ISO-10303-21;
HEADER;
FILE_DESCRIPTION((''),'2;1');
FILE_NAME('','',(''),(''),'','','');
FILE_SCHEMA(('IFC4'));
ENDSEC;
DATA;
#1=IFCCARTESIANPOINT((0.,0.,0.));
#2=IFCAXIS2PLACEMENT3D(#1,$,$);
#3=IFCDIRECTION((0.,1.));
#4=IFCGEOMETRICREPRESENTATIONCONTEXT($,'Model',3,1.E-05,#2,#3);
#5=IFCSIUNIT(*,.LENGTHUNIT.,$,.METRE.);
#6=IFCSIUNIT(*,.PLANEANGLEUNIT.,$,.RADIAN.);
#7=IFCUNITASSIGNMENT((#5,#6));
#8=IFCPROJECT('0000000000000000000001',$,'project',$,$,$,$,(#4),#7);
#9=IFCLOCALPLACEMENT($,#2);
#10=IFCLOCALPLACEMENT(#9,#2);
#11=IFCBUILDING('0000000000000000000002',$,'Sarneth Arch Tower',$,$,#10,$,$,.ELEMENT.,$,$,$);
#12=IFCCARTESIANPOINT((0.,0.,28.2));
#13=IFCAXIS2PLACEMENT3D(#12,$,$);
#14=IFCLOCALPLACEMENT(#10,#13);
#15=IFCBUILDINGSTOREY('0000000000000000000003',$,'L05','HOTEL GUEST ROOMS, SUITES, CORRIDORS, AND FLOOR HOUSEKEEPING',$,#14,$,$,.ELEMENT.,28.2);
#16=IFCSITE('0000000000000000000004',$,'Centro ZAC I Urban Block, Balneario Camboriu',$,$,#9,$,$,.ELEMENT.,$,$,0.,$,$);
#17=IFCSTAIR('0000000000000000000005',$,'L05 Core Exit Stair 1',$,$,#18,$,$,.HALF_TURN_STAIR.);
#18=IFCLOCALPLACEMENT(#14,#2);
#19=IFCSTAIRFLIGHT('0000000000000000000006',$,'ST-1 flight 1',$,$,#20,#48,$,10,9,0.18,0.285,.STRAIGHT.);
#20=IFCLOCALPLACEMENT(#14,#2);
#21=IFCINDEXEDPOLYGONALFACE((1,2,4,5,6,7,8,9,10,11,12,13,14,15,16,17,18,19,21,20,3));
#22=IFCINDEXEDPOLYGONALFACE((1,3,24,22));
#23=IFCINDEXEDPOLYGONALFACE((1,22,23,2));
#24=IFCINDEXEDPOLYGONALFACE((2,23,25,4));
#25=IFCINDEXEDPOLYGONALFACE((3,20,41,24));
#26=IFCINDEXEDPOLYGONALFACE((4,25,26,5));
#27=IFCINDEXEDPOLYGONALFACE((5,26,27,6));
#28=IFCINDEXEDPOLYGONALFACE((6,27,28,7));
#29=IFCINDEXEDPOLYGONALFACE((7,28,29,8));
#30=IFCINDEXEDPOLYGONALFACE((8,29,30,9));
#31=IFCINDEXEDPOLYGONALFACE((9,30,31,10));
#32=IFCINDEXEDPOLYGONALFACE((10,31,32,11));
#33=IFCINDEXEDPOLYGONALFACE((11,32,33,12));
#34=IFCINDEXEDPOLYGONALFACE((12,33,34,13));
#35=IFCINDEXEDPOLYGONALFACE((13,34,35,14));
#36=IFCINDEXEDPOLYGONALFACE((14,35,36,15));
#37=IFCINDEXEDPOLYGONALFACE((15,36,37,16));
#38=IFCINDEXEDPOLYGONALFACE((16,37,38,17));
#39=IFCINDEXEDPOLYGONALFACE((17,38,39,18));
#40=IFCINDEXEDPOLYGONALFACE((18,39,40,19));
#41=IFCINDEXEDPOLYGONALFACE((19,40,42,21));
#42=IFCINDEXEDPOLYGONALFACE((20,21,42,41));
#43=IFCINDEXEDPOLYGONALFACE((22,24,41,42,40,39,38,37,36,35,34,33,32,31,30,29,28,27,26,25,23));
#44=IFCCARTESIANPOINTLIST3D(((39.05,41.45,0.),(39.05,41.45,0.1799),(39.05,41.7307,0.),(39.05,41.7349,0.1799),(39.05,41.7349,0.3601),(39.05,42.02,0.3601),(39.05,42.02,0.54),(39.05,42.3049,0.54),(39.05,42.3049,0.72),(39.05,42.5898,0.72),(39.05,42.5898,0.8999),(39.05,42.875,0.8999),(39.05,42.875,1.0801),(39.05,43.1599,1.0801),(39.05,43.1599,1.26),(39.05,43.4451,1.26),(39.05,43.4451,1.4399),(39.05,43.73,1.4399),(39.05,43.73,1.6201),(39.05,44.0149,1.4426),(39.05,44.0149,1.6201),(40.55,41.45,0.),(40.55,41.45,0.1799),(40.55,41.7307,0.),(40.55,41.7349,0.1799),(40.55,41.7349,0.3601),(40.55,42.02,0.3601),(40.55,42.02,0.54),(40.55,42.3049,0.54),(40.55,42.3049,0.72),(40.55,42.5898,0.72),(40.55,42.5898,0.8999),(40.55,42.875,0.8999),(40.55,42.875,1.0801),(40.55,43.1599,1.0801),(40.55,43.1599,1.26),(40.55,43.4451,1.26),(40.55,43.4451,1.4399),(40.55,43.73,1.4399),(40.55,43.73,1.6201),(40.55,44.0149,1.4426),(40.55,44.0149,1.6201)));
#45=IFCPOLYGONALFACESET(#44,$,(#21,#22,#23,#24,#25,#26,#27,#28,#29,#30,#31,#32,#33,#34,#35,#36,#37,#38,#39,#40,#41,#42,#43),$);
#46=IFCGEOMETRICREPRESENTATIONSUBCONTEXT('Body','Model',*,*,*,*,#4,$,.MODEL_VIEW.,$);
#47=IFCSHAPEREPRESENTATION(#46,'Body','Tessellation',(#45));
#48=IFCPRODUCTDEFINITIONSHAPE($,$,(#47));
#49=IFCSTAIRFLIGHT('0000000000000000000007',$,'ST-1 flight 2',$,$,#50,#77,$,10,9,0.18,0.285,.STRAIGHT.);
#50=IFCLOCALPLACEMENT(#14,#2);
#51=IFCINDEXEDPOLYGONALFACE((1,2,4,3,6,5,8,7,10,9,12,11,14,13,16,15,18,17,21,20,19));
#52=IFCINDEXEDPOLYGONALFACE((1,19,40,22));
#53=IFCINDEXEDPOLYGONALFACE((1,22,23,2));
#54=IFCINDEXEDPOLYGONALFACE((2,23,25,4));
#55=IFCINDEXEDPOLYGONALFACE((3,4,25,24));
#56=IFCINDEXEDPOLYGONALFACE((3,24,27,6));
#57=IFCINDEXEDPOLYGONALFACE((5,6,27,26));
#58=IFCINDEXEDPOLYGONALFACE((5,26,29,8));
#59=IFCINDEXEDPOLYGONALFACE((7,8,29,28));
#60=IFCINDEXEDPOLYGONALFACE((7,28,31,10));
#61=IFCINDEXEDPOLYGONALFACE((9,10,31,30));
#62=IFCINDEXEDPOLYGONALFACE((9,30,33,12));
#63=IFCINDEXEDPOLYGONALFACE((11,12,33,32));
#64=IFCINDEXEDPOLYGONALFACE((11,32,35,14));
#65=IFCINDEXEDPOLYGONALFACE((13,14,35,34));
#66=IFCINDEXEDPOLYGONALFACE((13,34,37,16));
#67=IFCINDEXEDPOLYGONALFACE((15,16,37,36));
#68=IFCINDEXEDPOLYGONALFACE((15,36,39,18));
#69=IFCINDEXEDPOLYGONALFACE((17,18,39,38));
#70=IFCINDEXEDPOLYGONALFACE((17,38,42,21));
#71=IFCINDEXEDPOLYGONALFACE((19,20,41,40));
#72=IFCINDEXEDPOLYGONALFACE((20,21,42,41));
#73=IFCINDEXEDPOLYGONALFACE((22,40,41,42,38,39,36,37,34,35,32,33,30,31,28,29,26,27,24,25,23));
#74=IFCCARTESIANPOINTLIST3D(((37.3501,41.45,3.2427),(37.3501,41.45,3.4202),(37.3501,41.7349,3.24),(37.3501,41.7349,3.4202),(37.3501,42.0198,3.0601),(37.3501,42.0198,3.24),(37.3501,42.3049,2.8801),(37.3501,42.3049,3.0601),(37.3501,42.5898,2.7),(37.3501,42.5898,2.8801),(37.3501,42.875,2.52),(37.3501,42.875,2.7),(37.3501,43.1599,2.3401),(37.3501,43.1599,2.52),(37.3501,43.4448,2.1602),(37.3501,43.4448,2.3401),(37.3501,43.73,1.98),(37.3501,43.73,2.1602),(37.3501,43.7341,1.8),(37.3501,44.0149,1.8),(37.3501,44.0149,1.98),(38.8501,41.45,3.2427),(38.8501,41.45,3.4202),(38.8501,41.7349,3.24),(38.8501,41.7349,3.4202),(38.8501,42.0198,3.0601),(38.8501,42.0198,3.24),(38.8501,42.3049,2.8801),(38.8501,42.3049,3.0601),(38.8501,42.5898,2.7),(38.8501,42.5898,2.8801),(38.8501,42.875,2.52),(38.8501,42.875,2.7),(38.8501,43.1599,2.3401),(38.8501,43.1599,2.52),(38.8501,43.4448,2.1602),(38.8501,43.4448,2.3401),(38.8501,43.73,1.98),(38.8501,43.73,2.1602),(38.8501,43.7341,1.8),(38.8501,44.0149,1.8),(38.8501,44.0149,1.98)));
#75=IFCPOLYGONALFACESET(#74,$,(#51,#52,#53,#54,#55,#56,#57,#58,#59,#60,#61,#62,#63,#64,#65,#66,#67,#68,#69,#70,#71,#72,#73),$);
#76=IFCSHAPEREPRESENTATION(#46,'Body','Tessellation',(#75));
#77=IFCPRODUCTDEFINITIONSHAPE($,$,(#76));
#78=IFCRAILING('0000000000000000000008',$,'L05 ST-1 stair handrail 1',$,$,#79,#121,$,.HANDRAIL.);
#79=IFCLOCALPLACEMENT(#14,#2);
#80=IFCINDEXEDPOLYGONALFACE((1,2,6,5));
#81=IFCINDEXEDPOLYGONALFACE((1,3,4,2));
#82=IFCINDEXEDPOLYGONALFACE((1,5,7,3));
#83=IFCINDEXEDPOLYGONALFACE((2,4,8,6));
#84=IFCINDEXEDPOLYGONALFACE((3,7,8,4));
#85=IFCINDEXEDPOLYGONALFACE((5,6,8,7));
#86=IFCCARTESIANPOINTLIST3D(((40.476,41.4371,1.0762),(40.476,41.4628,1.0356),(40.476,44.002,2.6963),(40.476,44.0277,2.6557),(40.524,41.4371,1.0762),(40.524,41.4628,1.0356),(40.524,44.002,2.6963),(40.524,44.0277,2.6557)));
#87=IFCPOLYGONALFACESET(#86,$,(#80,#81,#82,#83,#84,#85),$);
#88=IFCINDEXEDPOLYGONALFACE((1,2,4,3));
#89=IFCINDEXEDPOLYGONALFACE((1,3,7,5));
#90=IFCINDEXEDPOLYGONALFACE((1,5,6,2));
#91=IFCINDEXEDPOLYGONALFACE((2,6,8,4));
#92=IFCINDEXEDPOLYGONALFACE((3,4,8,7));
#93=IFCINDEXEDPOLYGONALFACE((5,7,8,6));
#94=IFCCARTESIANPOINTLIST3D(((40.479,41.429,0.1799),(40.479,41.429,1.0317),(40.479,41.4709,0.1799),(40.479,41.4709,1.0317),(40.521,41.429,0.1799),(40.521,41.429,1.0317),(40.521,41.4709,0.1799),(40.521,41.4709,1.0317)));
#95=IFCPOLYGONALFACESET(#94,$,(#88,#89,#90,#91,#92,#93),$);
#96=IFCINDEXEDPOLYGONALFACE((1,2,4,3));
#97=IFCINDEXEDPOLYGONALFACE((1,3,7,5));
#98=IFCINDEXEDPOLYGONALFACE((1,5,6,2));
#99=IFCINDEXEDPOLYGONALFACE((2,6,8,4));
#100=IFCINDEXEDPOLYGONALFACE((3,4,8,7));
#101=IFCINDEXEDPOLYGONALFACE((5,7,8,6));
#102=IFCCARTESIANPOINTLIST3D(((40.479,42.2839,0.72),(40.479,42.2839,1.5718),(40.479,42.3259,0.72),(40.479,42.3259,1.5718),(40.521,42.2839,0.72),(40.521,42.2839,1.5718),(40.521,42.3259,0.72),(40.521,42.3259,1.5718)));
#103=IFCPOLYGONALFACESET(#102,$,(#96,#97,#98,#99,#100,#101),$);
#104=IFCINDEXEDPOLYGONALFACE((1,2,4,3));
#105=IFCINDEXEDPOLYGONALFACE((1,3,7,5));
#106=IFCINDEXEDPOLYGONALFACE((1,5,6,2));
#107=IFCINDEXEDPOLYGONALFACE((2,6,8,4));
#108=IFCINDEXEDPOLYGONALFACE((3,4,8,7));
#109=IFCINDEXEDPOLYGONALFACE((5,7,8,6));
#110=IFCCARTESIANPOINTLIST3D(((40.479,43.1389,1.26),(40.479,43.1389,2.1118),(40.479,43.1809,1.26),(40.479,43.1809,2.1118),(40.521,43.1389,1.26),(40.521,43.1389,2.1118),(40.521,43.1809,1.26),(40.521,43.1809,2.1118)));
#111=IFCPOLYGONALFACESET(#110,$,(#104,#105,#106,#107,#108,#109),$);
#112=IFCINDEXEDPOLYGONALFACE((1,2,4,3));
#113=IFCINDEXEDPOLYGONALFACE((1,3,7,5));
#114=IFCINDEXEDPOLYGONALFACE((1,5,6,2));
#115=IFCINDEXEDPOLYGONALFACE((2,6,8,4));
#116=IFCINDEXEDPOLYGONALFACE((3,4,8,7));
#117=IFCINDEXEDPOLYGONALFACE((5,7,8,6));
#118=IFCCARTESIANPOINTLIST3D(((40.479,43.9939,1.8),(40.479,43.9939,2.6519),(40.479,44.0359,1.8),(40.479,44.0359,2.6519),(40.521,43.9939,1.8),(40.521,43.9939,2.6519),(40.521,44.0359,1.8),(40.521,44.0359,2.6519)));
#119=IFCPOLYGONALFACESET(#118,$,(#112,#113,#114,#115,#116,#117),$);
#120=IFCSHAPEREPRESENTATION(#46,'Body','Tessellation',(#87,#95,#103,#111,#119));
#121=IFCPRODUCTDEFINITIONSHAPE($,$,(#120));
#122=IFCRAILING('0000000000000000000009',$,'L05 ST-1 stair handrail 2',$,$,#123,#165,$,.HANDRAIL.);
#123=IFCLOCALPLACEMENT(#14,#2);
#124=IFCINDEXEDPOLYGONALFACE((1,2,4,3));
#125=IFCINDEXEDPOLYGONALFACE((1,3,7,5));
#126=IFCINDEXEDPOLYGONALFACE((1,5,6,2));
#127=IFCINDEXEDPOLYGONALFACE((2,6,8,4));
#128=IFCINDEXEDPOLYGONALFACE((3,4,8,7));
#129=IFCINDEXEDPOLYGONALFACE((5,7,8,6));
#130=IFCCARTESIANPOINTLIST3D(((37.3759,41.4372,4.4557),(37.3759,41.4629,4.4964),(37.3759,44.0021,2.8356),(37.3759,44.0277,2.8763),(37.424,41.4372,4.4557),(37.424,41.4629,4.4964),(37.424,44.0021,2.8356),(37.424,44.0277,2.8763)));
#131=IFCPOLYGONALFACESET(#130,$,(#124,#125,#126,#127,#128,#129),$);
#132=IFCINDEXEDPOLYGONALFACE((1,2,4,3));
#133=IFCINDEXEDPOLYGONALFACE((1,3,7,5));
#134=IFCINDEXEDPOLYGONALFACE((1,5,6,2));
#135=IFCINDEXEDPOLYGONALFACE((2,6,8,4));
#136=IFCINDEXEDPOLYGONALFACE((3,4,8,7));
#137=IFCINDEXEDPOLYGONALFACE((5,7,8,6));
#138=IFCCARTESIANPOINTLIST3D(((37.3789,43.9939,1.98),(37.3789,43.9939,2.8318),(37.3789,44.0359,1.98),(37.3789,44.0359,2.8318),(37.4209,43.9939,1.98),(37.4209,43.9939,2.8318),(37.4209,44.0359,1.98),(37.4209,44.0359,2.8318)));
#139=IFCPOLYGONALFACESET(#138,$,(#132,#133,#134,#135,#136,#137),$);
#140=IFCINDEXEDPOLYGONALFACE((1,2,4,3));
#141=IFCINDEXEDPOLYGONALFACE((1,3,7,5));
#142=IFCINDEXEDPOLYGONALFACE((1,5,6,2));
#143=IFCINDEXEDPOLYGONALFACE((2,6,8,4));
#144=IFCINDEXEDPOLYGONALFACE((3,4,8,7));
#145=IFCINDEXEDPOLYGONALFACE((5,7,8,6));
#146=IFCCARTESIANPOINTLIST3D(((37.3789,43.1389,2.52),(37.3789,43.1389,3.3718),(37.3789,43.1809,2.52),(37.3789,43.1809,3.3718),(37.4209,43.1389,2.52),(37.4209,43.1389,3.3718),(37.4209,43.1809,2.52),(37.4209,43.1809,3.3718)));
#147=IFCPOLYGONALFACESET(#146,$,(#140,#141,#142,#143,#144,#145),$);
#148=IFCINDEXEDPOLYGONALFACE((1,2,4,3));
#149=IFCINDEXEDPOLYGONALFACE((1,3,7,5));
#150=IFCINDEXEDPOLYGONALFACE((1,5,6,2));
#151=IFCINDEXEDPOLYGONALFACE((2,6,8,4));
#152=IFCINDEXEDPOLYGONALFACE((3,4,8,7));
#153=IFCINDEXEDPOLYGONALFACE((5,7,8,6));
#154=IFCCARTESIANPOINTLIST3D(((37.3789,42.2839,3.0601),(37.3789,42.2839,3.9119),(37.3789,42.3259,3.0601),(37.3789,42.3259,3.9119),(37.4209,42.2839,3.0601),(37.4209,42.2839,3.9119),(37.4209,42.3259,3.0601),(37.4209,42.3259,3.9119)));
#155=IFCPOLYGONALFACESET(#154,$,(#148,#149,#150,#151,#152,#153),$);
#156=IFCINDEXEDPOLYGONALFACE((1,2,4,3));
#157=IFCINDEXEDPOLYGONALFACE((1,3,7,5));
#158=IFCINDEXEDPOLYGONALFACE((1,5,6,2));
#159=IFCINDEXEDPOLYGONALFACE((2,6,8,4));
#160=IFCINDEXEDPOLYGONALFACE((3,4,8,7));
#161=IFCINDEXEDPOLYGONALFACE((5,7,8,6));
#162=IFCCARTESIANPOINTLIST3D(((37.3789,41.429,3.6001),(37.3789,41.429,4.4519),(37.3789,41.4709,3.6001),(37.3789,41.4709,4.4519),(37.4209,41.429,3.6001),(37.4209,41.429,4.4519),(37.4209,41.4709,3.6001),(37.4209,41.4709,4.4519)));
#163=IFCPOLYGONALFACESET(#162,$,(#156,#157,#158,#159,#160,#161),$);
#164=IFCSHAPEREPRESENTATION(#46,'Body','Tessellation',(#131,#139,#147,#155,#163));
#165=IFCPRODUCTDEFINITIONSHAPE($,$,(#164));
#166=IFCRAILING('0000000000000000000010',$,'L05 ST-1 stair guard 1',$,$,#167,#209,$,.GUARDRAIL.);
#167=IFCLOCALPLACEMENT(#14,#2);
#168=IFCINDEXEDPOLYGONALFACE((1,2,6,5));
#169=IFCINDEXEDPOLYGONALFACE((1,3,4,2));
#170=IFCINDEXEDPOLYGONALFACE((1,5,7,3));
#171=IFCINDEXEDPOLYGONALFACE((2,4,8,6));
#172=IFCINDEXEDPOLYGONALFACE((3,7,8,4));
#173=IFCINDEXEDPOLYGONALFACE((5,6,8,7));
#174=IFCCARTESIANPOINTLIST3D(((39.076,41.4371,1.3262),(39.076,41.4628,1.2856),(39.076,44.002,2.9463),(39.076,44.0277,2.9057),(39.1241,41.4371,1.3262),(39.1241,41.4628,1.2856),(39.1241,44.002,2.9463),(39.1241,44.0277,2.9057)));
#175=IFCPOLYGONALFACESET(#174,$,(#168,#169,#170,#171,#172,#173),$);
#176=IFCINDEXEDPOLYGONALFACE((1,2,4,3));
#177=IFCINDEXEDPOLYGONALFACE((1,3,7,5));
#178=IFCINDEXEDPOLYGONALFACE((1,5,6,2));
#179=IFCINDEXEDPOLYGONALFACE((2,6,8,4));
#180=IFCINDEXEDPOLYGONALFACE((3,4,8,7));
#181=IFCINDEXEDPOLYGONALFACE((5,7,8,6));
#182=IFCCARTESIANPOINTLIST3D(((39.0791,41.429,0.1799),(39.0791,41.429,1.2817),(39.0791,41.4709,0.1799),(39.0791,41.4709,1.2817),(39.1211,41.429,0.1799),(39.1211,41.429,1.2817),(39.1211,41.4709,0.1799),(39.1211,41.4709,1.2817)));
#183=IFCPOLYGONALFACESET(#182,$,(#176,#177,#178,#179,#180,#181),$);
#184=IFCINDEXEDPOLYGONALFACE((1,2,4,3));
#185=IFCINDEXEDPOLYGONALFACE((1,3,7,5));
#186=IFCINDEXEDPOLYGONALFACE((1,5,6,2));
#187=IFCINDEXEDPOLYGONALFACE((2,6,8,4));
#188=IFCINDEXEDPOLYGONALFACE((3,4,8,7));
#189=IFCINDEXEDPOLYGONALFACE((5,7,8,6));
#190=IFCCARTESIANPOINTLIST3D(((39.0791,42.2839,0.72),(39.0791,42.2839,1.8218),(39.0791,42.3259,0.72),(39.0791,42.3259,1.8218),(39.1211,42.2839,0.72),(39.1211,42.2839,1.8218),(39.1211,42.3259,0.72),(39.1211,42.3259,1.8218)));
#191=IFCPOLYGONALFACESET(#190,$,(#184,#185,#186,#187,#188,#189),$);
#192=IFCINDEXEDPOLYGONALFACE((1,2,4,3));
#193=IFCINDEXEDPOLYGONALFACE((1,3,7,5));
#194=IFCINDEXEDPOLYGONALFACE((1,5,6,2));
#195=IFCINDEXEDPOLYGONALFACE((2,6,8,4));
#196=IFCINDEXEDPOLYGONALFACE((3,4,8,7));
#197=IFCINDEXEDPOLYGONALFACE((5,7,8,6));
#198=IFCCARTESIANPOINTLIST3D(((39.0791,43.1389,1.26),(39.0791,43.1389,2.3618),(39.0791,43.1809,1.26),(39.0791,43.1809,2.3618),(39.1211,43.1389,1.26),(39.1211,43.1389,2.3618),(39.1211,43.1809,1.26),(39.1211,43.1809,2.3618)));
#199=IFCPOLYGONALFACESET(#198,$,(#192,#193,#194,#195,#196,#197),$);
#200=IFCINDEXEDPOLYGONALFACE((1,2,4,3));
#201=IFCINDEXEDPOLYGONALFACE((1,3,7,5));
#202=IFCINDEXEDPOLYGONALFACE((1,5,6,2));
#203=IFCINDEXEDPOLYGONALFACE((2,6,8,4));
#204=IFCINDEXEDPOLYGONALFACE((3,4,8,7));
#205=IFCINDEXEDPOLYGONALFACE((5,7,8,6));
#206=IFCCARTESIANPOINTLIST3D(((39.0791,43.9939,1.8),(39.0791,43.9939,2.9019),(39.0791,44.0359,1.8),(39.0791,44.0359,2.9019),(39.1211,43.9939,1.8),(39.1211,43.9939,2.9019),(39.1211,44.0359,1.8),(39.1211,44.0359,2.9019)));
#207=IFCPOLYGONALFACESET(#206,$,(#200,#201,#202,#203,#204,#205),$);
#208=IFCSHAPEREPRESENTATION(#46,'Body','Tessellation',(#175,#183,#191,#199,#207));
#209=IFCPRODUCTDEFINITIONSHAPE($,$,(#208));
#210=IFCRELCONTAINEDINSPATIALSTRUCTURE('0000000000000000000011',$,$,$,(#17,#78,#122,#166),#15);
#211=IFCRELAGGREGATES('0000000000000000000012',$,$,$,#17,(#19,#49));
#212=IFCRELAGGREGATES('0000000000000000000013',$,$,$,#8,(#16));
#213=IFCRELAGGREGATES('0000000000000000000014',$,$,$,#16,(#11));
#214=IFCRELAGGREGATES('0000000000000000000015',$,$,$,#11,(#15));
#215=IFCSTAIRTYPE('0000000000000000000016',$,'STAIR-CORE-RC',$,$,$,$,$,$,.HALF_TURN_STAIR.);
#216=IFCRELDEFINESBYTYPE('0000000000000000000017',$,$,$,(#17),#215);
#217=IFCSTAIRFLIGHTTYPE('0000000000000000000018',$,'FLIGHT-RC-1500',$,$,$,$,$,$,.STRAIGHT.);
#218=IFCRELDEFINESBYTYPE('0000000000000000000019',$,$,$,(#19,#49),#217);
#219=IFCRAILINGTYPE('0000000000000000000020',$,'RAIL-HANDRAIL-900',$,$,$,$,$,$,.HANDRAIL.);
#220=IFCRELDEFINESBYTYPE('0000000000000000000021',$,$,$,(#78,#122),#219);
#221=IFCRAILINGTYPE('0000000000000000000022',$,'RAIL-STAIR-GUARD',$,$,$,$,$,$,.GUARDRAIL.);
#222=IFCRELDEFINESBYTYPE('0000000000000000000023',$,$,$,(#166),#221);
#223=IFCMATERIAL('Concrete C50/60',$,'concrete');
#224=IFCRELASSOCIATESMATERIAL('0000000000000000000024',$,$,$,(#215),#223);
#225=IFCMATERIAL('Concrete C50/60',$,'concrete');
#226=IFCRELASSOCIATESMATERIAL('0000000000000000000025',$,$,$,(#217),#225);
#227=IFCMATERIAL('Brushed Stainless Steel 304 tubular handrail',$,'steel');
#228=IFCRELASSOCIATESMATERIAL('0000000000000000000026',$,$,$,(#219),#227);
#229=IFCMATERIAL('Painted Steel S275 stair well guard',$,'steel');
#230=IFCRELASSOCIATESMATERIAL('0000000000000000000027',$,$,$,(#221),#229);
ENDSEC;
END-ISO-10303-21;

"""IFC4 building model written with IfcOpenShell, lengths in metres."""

from ifc_helpers import new_model, si_unit, direction, frame, origin, origin_2d, place, context, subcontext, project, spatial, polyline, rectangle, outline, extrude, material, type_object, element, aggregate, save


model = new_model("IFC4")

# Units and contexts
model_context = context("Model", 3, precision=1e-05, world=origin(), true_north=direction((0.0, 1.0)))
body_context = subcontext(model_context, "Body", "Model", "MODEL_VIEW")
ifc_project = project(units=[si_unit("LENGTHUNIT", "METRE"), si_unit("PLANEANGLEUNIT", "RADIAN")], contexts=[model_context])

# Site, building, storey
site_placement = place(None, origin())
site = spatial("IfcSite", under=ifc_project, at=site_placement, Name="Centro ZAC I Urban Block, Balneario Camboriu", CompositionType="ELEMENT", RefElevation=0.0)
building_placement = place(site_placement, origin())
building = spatial("IfcBuilding", under=site, at=building_placement, Name="Sarneth Arch Tower", CompositionType="ELEMENT")
storey_placement = place(building_placement, frame((0.0, 0.0, 28.2)))
storey = spatial("IfcBuildingStorey", under=building, at=storey_placement, Name="L05", Description="HOTEL GUEST ROOMS, SUITES, CORRIDORS, AND FLOOR HOUSEKEEPING", CompositionType="ELEMENT", Elevation=28.2)

# Stair, stair flights
ifc_material_1 = material(Name="Concrete C50/60", Category="concrete")
stair_type = type_object("IfcStairType", Name="STAIR-CORE-RC", PredefinedType="HALF_TURN_STAIR", material=ifc_material_1)
stair_placement = place(storey_placement, origin())
stair = element("IfcStair", 1, at=stair_placement, inside=storey, type_object=stair_type, Name="L05 Core Exit Stair 1", PredefinedType="HALF_TURN_STAIR")
ifc_material_2 = material(Name="Concrete C50/60", Category="concrete")
stair_flight_type = type_object("IfcStairFlightType", Name="FLIGHT-RC-1500", PredefinedType="STRAIGHT", material=ifc_material_2)
stair_flight_1_placement = place(storey_placement, frame((39.8, 41.45, 0.0), z_axis=(0.0, 0.0, 1.0), x_axis=(0.0, 1.0, 0.0)))
stair_flight_1 = element("IfcStairFlight", 2, at=stair_flight_1_placement, type_object=stair_flight_type, Name="ST-1 flight 1", NumberOfRisers=10, NumberOfTreads=9, PredefinedType="STRAIGHT", RiserHeight=0.18, TreadLength=0.285, context=body_context, shape_type="SweptSolid", body=[
    extrude(outline(polyline([(0.0, 0.0), (0.0, 0.1799), (0.2849, 0.1799), (0.2849, 0.3601), (0.5701, 0.3601), (0.5701, 0.54), (0.855, 0.54), (0.855, 0.72), (1.1399, 0.72), (1.1399, 0.8999), (1.425, 0.8999), (1.425, 1.0801), (1.71, 1.0801), (1.71, 1.26), (1.9951, 1.26), (1.9951, 1.4399), (2.28, 1.4399), (2.28, 1.6201), (2.5649, 1.6201), (2.5649, 1.8), (2.5649, 1.4426), (0.2808, 0.0), (0.0, 0.0)])), frame((0.0, 0.75, 0.0), z_axis=(0.0, -1.0, 0.0), x_axis=(1.0, 0.0, 0.0)), (0.0, 0.0, 1.0), 1.5),
])
stair_flight_2_placement = place(storey_placement, frame((38.1001, 44.0149, 1.8), z_axis=(0.0, 0.0, 1.0), x_axis=(0.0, -1.0, 0.0)))
stair_flight_2 = element("IfcStairFlight", 3, at=stair_flight_2_placement, type_object=stair_flight_type, Name="ST-1 flight 2", NumberOfRisers=10, NumberOfTreads=9, PredefinedType="STRAIGHT", RiserHeight=0.18, TreadLength=0.285, context=body_context, shape_type="SweptSolid", body=[
    extrude(outline(polyline([(0.0, 0.0), (0.0, 0.1799), (0.2849, 0.1799), (0.2849, 0.3601), (0.5701, 0.3601), (0.5701, 0.54), (0.855, 0.54), (0.855, 0.72), (1.1399, 0.72), (1.1399, 0.8999), (1.425, 0.8999), (1.425, 1.0801), (1.71, 1.0801), (1.71, 1.26), (1.9951, 1.26), (1.9951, 1.4399), (2.28, 1.4399), (2.28, 1.6201), (2.5649, 1.6201), (2.5649, 1.8), (2.5649, 1.4426), (0.2808, 0.0), (0.0, 0.0)])), frame((0.0, 0.75, 0.0), z_axis=(0.0, -1.0, 0.0), x_axis=(1.0, 0.0, 0.0)), (0.0, 0.0, 1.0), 1.5),
])
aggregate(stair, [stair_flight_1, stair_flight_2])

# Railings
ifc_material_3 = material(Name="Brushed Stainless Steel 304 tubular handrail", Category="steel")
railing_type_1 = type_object("IfcRailingType", Name="RAIL-HANDRAIL-900", PredefinedType="HANDRAIL", material=ifc_material_3)
railing_1_placement = place(storey_placement, frame((40.5, 41.45, 0.1799)))
element("IfcRailing", 4, at=railing_1_placement, inside=storey, type_object=railing_type_1, Name="L05 ST-1 stair handrail 1", PredefinedType="HANDRAIL", context=body_context, shape_type="SweptSolid", body=[
    extrude(rectangle(XDim=0.0481, YDim=0.0481, at=origin_2d()), frame((0.0, 0.0, 0.876), z_axis=(0.0, 0.845466, 0.534029), x_axis=(-1.0, 0.0, 0.0)), (0.0, 0.0, 1.0), 3.0337),
    extrude(rectangle(XDim=0.042, YDim=0.042, at=origin_2d()), origin(), (0.0, 0.0, 1.0), 0.8518),
    extrude(rectangle(XDim=0.042, YDim=0.042, at=origin_2d()), frame((0.0, 0.855, 0.54)), (0.0, 0.0, 1.0), 0.8518),
    extrude(rectangle(XDim=0.042, YDim=0.042, at=origin_2d()), frame((0.0, 1.71, 1.0801)), (0.0, 0.0, 1.0), 0.8518),
    extrude(rectangle(XDim=0.042, YDim=0.042, at=origin_2d()), frame((0.0, 2.5649, 1.6201)), (0.0, 0.0, 1.0), 0.8518),
])
railing_2_placement = place(storey_placement, frame((37.3999, 44.0149, 1.98)))
element("IfcRailing", 5, at=railing_2_placement, inside=storey, type_object=railing_type_1, Name="L05 ST-1 stair handrail 2", PredefinedType="HANDRAIL", context=body_context, shape_type="SweptSolid", body=[
    extrude(rectangle(XDim=0.0481, YDim=0.0481, at=origin_2d()), frame((0.0, 0.0, 0.876), z_axis=(0.0, -0.845466, 0.534029), x_axis=(1.0, 0.0, 0.0)), (0.0, 0.0, 1.0), 3.0337),
    extrude(rectangle(XDim=0.042, YDim=0.042, at=origin_2d()), origin(), (0.0, 0.0, 1.0), 0.8518),
    extrude(rectangle(XDim=0.042, YDim=0.042, at=origin_2d()), frame((0.0, -0.855, 0.54)), (0.0, 0.0, 1.0), 0.8518),
    extrude(rectangle(XDim=0.042, YDim=0.042, at=origin_2d()), frame((0.0, -1.71, 1.0801)), (0.0, 0.0, 1.0), 0.8518),
    extrude(rectangle(XDim=0.042, YDim=0.042, at=origin_2d()), frame((0.0, -2.5649, 1.6201)), (0.0, 0.0, 1.0), 0.8518),
])
ifc_material_4 = material(Name="Painted Steel S275 stair well guard", Category="steel")
railing_type_2 = type_object("IfcRailingType", Name="RAIL-STAIR-GUARD", PredefinedType="GUARDRAIL", material=ifc_material_4)
railing_3_placement = place(storey_placement, frame((39.1001, 41.45, 0.1799)))
element("IfcRailing", 6, at=railing_3_placement, inside=storey, type_object=railing_type_2, Name="L05 ST-1 stair guard 1", PredefinedType="GUARDRAIL", context=body_context, shape_type="SweptSolid", body=[
    extrude(rectangle(XDim=0.0481, YDim=0.0481, at=origin_2d()), frame((0.0, 0.0, 1.126), z_axis=(0.0, 0.845466, 0.534029), x_axis=(-1.0, 0.0, 0.0)), (0.0, 0.0, 1.0), 3.0337),
    extrude(rectangle(XDim=0.042, YDim=0.042, at=origin_2d()), origin(), (0.0, 0.0, 1.0), 1.1018),
    extrude(rectangle(XDim=0.042, YDim=0.042, at=origin_2d()), frame((0.0, 0.855, 0.54)), (0.0, 0.0, 1.0), 1.1018),
    extrude(rectangle(XDim=0.042, YDim=0.042, at=origin_2d()), frame((0.0, 1.71, 1.0801)), (0.0, 0.0, 1.0), 1.1018),
    extrude(rectangle(XDim=0.042, YDim=0.042, at=origin_2d()), frame((0.0, 2.5649, 1.6201)), (0.0, 0.0, 1.0), 1.1018),
])

save(model, "model.ifc")
